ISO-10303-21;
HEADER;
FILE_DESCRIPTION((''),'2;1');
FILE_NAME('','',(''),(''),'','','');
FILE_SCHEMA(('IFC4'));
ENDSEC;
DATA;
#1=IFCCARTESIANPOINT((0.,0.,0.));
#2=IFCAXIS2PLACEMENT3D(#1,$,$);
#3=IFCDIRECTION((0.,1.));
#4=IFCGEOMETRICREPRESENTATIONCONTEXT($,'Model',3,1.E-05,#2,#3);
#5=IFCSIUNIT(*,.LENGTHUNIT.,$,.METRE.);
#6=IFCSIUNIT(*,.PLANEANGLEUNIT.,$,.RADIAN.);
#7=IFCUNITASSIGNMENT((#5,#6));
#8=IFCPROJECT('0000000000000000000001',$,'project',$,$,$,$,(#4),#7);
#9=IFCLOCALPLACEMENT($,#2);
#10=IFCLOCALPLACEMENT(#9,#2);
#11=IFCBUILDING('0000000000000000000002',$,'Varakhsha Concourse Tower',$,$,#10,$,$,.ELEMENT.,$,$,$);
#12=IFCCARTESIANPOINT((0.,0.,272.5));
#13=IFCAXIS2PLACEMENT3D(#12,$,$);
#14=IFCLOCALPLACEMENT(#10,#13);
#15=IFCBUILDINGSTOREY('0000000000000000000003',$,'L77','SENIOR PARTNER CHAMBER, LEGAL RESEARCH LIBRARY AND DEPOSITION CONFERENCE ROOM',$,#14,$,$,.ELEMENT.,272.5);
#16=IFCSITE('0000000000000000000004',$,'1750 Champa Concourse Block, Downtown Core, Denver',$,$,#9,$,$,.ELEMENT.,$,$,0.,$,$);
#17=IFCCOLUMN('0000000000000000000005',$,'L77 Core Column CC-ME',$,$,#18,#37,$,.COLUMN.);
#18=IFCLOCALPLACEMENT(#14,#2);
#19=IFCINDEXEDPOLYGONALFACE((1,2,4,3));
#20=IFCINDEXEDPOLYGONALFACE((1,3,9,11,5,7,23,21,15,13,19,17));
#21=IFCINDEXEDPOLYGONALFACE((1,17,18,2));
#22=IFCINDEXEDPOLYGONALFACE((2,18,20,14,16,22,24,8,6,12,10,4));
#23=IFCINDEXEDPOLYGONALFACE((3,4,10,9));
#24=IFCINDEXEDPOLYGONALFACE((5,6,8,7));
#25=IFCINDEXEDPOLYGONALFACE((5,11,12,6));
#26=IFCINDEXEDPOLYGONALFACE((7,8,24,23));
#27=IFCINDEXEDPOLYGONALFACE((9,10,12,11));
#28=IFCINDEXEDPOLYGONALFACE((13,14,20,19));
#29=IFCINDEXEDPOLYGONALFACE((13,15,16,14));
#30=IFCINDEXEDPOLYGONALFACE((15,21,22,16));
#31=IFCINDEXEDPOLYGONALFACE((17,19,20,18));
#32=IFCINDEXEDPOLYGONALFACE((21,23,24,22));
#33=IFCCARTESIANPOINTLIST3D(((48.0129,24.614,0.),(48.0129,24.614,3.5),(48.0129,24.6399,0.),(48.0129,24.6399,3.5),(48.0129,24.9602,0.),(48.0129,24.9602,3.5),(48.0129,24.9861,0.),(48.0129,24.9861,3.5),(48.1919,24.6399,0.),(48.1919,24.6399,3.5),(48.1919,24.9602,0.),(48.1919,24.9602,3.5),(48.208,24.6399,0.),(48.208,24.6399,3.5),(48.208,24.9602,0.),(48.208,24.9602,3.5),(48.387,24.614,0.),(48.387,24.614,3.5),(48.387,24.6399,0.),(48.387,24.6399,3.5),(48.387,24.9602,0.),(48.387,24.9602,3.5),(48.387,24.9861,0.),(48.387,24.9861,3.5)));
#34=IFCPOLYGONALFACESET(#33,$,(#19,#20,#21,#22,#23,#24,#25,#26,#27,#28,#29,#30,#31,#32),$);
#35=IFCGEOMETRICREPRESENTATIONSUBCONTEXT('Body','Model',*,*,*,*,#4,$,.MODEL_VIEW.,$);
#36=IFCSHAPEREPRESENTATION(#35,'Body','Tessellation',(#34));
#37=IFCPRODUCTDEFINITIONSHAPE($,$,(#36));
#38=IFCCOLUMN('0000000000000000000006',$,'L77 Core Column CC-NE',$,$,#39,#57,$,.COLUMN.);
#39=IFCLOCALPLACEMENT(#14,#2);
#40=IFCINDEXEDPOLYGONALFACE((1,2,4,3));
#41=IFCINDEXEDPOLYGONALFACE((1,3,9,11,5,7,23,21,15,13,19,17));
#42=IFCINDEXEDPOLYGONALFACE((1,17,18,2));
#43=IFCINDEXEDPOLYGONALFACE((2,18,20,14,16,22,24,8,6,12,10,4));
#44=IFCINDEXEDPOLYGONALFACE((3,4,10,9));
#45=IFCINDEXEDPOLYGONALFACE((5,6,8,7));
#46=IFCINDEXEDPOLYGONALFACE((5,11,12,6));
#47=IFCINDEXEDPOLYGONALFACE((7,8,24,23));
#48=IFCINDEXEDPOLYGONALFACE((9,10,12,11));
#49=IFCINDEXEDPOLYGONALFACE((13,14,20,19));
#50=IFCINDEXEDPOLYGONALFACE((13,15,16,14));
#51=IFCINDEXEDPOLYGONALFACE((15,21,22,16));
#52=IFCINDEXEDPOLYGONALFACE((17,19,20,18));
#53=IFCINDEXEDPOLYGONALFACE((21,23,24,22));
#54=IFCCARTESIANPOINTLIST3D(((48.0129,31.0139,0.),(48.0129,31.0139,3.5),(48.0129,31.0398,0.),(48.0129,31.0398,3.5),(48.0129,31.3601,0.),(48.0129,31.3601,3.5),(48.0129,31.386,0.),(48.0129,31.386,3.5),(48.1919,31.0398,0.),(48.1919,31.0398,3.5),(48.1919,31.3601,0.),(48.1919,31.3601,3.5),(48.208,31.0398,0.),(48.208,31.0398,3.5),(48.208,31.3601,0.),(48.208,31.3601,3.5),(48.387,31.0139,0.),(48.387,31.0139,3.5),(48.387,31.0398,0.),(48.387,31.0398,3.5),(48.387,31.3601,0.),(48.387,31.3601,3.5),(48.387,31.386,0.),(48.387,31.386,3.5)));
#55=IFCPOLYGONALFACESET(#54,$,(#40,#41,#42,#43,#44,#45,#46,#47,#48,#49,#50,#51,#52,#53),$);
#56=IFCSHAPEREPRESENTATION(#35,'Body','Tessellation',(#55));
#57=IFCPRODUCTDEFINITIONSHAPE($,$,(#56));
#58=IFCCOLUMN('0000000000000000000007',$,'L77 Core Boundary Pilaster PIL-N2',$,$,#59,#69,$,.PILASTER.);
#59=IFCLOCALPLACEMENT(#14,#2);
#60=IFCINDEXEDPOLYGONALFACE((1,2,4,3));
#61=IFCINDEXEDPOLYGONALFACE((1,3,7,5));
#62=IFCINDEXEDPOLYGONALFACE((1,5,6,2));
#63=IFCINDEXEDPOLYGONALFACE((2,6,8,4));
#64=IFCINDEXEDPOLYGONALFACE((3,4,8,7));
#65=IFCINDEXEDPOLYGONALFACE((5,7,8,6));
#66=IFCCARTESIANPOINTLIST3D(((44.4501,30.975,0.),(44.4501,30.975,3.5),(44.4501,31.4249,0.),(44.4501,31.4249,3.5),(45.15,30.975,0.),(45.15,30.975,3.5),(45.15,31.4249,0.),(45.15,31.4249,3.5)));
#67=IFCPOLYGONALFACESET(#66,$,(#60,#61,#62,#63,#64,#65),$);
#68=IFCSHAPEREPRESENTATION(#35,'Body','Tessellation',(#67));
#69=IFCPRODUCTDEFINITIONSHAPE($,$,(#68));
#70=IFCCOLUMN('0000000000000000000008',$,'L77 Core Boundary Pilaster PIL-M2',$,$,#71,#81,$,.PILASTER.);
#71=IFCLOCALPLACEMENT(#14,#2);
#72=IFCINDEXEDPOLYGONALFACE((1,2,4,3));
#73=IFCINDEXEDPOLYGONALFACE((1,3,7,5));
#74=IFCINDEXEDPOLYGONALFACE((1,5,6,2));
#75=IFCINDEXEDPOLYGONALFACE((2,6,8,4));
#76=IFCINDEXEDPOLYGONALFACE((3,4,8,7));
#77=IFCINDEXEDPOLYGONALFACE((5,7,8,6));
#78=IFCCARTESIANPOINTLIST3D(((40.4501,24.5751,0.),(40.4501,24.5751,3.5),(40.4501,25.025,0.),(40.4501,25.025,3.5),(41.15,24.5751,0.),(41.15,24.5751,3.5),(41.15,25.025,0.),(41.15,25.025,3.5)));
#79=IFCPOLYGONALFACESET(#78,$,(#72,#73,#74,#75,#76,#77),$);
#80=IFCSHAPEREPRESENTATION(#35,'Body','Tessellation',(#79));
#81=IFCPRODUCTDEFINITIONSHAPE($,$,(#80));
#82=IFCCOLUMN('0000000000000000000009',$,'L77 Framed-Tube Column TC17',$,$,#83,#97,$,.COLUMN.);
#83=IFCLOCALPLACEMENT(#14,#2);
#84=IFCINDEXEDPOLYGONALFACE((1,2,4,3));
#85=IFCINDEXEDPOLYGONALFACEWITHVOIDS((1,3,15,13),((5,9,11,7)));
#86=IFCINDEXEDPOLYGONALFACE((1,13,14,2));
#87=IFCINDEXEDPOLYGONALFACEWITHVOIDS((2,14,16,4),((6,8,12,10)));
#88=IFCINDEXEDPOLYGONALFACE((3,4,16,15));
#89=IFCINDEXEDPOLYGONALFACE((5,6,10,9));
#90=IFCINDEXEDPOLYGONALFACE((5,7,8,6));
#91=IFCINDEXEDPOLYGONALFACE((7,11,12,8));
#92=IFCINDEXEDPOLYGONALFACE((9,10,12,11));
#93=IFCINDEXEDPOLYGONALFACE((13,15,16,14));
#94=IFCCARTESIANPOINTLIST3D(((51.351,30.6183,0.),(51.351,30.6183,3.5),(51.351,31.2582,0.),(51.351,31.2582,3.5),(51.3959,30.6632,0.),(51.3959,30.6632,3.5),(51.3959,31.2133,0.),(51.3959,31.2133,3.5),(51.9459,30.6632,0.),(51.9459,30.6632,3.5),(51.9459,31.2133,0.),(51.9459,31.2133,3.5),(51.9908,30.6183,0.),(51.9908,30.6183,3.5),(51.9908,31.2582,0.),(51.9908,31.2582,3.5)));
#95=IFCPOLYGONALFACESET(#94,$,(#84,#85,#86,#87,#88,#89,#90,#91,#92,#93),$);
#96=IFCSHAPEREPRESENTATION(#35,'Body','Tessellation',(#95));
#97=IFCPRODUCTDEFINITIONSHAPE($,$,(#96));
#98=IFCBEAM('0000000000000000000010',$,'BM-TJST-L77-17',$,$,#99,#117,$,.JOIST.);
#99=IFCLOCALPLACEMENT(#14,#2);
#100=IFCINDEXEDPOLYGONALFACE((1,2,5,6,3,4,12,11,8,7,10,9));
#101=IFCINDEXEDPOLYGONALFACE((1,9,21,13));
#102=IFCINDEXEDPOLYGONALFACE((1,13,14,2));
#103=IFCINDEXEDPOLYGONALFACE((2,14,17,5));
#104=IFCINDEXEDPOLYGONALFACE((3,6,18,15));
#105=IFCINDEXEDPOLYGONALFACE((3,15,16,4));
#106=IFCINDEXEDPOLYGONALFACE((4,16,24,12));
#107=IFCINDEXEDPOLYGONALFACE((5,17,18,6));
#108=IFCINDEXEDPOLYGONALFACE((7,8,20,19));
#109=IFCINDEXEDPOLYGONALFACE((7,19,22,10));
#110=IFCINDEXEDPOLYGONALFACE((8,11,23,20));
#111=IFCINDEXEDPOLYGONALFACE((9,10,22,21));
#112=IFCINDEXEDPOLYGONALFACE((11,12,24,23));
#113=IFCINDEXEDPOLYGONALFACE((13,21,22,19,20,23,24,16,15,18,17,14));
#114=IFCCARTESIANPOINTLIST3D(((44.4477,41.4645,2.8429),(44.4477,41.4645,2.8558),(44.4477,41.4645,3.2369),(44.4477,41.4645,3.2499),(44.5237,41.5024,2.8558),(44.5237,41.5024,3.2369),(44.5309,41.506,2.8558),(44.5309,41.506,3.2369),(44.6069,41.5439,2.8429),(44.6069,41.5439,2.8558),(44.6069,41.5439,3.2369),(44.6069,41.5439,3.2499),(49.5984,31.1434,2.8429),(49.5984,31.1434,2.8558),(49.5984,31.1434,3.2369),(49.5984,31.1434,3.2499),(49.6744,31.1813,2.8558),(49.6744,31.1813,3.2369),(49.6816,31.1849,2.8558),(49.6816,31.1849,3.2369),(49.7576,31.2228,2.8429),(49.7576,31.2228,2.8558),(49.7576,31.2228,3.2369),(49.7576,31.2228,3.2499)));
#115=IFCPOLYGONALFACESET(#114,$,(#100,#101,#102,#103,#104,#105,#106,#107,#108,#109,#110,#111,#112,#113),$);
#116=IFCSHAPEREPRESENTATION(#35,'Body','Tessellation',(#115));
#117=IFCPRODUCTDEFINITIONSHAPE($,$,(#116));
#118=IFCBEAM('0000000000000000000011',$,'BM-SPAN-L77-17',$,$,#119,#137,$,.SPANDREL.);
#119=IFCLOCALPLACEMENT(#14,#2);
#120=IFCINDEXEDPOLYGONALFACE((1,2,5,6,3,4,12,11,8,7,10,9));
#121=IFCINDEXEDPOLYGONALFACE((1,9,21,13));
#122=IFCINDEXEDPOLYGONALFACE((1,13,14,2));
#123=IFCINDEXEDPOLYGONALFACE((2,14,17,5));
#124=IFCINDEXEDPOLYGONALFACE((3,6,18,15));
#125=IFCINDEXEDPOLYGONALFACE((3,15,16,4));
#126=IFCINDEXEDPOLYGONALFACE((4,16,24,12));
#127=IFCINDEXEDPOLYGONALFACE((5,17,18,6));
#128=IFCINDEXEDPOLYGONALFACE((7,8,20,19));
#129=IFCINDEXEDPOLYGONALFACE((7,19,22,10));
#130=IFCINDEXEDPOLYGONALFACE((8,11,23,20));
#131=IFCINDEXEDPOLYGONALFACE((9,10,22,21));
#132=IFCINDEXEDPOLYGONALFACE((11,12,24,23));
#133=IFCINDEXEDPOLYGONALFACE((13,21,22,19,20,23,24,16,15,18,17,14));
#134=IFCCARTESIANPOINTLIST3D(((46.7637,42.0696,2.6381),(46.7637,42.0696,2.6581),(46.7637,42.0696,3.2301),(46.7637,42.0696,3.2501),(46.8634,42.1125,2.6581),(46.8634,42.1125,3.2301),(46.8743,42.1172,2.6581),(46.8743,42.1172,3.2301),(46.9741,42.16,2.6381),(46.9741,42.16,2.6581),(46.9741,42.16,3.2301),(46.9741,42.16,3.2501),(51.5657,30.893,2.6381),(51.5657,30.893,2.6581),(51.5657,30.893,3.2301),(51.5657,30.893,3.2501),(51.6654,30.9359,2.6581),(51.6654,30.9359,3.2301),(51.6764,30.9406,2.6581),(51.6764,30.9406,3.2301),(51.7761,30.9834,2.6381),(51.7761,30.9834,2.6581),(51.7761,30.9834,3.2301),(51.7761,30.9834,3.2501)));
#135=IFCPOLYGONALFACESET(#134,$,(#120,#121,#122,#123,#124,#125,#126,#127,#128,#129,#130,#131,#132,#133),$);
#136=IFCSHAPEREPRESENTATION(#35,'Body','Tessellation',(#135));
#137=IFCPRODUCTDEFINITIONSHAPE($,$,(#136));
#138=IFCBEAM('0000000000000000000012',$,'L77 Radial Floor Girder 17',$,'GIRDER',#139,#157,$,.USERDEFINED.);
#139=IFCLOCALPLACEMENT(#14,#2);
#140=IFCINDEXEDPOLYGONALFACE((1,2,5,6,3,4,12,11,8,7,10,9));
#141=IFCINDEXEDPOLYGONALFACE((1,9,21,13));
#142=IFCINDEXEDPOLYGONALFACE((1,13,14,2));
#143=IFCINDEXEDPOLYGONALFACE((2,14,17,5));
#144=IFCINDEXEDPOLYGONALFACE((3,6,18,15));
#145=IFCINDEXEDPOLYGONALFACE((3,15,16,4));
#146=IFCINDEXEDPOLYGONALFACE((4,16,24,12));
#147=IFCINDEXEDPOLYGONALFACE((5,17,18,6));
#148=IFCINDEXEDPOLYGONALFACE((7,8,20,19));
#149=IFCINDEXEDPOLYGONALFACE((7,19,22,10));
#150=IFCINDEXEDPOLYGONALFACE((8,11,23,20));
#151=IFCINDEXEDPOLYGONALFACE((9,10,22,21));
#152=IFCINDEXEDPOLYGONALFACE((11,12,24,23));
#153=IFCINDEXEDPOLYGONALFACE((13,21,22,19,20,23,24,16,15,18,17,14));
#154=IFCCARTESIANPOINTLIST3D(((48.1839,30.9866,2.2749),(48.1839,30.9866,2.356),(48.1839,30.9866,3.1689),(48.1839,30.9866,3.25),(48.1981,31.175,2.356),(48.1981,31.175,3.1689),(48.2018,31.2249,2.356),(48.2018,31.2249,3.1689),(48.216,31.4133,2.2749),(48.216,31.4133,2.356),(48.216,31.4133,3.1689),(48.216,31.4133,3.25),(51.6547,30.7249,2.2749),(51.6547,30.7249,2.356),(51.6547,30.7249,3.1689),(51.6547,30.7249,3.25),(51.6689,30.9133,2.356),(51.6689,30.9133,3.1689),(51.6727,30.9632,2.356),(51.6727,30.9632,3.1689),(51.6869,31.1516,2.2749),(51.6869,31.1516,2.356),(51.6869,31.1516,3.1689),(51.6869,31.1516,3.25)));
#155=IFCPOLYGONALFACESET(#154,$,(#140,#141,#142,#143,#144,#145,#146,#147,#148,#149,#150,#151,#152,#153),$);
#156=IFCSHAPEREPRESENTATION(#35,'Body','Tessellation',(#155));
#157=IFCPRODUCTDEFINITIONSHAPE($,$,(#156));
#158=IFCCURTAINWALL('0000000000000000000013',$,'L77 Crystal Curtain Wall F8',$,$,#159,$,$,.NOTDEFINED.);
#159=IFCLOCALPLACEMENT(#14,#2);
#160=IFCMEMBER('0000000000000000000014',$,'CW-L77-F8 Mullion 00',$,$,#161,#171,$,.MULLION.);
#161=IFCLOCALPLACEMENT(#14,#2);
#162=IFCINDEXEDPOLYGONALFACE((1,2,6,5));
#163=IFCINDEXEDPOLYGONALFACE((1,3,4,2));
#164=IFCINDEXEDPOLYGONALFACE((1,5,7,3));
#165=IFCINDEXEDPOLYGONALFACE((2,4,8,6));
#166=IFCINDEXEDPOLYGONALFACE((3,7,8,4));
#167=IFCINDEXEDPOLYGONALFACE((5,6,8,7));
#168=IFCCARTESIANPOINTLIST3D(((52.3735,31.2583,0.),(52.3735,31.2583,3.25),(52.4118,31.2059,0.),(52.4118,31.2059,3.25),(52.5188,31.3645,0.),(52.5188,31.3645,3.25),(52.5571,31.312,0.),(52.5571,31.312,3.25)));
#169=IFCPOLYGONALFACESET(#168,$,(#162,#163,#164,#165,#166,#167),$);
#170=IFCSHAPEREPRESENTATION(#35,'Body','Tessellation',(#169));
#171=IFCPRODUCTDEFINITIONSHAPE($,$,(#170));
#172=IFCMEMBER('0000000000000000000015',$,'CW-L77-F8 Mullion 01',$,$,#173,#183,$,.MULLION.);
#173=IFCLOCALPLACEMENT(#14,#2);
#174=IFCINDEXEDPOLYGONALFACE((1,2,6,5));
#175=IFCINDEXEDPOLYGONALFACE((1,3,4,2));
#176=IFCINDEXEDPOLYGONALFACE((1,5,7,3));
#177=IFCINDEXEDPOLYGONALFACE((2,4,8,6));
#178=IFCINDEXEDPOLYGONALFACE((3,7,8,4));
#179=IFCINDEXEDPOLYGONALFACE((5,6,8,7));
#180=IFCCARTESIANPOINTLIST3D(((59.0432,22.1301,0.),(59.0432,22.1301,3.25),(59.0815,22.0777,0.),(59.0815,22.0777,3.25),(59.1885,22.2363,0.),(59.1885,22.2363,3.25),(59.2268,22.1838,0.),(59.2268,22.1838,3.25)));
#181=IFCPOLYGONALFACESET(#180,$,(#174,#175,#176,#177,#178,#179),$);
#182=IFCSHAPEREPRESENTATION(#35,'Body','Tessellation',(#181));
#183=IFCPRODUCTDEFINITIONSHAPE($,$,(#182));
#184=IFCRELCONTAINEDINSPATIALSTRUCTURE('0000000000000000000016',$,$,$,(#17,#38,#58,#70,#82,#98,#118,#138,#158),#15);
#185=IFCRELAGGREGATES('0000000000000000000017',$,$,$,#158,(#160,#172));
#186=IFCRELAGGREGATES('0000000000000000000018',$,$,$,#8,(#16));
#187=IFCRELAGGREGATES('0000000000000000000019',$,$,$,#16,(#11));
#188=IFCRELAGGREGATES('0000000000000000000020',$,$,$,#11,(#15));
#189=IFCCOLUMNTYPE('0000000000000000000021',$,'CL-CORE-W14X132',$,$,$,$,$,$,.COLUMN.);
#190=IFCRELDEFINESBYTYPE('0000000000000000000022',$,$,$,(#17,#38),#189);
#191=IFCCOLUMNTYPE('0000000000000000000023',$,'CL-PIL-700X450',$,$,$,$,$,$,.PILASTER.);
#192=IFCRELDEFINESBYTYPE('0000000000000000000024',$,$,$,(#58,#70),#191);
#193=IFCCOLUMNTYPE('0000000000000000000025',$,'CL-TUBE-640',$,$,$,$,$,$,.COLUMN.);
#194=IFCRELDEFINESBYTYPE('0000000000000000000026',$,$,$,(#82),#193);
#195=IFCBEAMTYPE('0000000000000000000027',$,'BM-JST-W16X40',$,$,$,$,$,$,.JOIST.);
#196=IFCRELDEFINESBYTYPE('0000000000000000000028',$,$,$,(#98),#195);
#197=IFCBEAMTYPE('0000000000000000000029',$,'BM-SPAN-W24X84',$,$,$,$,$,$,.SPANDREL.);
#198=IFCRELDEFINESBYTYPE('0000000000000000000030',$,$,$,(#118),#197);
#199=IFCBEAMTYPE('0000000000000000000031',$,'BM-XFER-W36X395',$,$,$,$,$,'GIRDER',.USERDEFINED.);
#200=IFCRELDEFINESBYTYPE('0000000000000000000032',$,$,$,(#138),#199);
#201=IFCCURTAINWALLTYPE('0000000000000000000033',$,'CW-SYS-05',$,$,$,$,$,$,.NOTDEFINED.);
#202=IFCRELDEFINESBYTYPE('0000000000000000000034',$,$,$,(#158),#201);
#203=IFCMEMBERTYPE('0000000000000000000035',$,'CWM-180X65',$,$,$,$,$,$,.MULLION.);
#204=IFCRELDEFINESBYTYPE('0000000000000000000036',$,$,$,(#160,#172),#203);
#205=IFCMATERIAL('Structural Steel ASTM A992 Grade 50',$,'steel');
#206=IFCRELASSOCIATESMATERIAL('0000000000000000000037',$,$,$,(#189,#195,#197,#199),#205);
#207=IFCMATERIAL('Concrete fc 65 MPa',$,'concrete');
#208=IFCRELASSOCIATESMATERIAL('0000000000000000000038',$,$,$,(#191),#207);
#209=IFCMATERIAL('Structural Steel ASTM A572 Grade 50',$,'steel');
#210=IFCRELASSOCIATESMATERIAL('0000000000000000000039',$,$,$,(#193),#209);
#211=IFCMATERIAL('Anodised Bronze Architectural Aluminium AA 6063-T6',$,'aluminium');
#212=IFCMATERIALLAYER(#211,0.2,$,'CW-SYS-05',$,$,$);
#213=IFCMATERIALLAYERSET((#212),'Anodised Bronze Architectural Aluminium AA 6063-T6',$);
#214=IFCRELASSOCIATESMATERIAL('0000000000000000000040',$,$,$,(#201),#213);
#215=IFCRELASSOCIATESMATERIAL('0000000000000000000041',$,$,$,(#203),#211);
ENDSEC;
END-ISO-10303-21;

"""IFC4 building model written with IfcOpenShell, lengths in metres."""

from ifc_helpers import new_model, si_unit, direction, frame, origin, origin_2d, place, context, subcontext, project, spatial, rectangle, hollow_rectangle, i_section, extrude, source, transform, mapped, material, layer, layer_set, material_profile, profile_set, type_object, type_shapes, element, aggregate, save


model = new_model("IFC4")

# Units and contexts
model_context = context("Model", 3, precision=1e-05, world=origin(), true_north=direction((0.0, 1.0)))
body_context = subcontext(model_context, "Body", "Model", "MODEL_VIEW")
ifc_project = project(units=[si_unit("LENGTHUNIT", "METRE"), si_unit("PLANEANGLEUNIT", "RADIAN")], contexts=[model_context])

# Site, building, storey
site_placement = place(None, origin())
site = spatial("IfcSite", under=ifc_project, at=site_placement, Name="1750 Champa Concourse Block, Downtown Core, Denver", CompositionType="ELEMENT", RefElevation=0.0)
building_placement = place(site_placement, origin())
building = spatial("IfcBuilding", under=site, at=building_placement, Name="Varakhsha Concourse Tower", CompositionType="ELEMENT")
storey_placement = place(building_placement, frame((0.0, 0.0, 272.5)))
storey = spatial("IfcBuildingStorey", under=building, at=storey_placement, Name="L77", Description="SENIOR PARTNER CHAMBER, LEGAL RESEARCH LIBRARY AND DEPOSITION CONFERENCE ROOM", CompositionType="ELEMENT", Elevation=272.5)

# Columns
ifc_material_1 = material(Name="Structural Steel ASTM A992 Grade 50", Category="steel")
ifc_material_profile_1 = material_profile(ifc_material_1, i_section(OverallWidth=0.374, OverallDepth=0.3721, WebThickness=0.0161, FlangeThickness=0.0259, at=origin_2d()), Name="W14X132")
ifc_profile_set_1 = profile_set([ifc_material_profile_1], Name="Structural Steel ASTM A992 Grade 50")
column_type_1 = type_object("IfcColumnType", Name="CL-CORE-W14X132", PredefinedType="COLUMN", material=ifc_profile_set_1)
for number, where, z_axis, x_axis, name in (
    (1, (48.2, 24.8, 0.0), (0.0, 0.0, 1.0), (1.0, 0.0, 0.0), "L77 Core Column CC-ME"),
    (2, (48.2, 31.2, 0.0), (0.0, 0.0, 1.0), (1.0, 0.0, 0.0), "L77 Core Column CC-NE"),
):
    element("IfcColumn", number, at=place(storey_placement, frame(where, z_axis=z_axis, x_axis=x_axis)), inside=storey, type_object=column_type_1, Name=name, PredefinedType="COLUMN", context=body_context, shape_type="SweptSolid", body=[
        extrude(i_section(OverallWidth=0.374, OverallDepth=0.3721, WebThickness=0.0161, FlangeThickness=0.0259, at=origin_2d()), origin(), (0.0, 0.0, 1.0), 3.5),
    ])
ifc_material_2 = material(Name="Concrete fc 65 MPa", Category="concrete")
ifc_material_profile_2 = material_profile(ifc_material_2, rectangle(XDim=0.7, YDim=0.45, at=origin_2d()), Name="RC 700x450")
ifc_profile_set_2 = profile_set([ifc_material_profile_2], Name="Concrete fc 65 MPa")
column_type_2 = type_object("IfcColumnType", Name="CL-PIL-700X450", PredefinedType="PILASTER", material=ifc_profile_set_2)
for number, where, z_axis, x_axis, name in (
    (3, (44.8, 31.2, 0.0), (0.0, 0.0, 1.0), (1.0, 0.0, 0.0), "L77 Core Boundary Pilaster PIL-N2"),
    (4, (40.8, 24.8, 0.0), (0.0, 0.0, 1.0), (1.0, 0.0, 0.0), "L77 Core Boundary Pilaster PIL-M2"),
):
    element("IfcColumn", number, at=place(storey_placement, frame(where, z_axis=z_axis, x_axis=x_axis)), inside=storey, type_object=column_type_2, Name=name, PredefinedType="PILASTER", context=body_context, shape_type="SweptSolid", body=[
        extrude(rectangle(XDim=0.7, YDim=0.45, at=origin_2d()), origin(), (0.0, 0.0, 1.0), 3.5),
    ])
ifc_material_3 = material(Name="Structural Steel ASTM A572 Grade 50", Category="steel")
ifc_material_profile_3 = material_profile(ifc_material_3, hollow_rectangle(XDim=0.6399, YDim=0.6399, WallThickness=0.0449, at=origin_2d()), Name="BOX 640x640x45")
ifc_profile_set_3 = profile_set([ifc_material_profile_3], Name="Structural Steel ASTM A572 Grade 50")
column_type_3 = type_object("IfcColumnType", Name="CL-TUBE-640", PredefinedType="COLUMN", material=ifc_profile_set_3)
column_placement = place(storey_placement, frame((51.6709, 30.9382, 0.0), z_axis=(0.0, 0.0, 1.0), x_axis=(1.0, 0.0, 0.0)))
element("IfcColumn", 5, at=column_placement, inside=storey, type_object=column_type_3, Name="L77 Framed-Tube Column TC17", PredefinedType="COLUMN", context=body_context, shape_type="SweptSolid", body=[
    extrude(hollow_rectangle(XDim=0.6399, YDim=0.6399, WallThickness=0.0449, at=origin_2d()), origin(), (0.0, 0.0, 1.0), 3.5),
])

# Beams
ifc_material_profile_4 = material_profile(ifc_material_1, i_section(OverallWidth=0.178, OverallDepth=0.407, WebThickness=0.0081, FlangeThickness=0.0129, at=origin_2d()), Name="W16X40")
ifc_profile_set_4 = profile_set([ifc_material_profile_4], Name="Structural Steel ASTM A992 Grade 50")
beam_type_1 = type_object("IfcBeamType", Name="BM-JST-W16X40", PredefinedType="JOIST", material=ifc_profile_set_4)
beam_1_placement = place(storey_placement, frame((49.678, 31.1831, 3.0464), z_axis=(-0.446528, 0.89477, 0.0), x_axis=(-0.89477, -0.446528, 0.0)))
element("IfcBeam", 6, at=beam_1_placement, inside=storey, type_object=beam_type_1, Name="BM-TJST-L77-17", PredefinedType="JOIST", context=body_context, shape_type="SweptSolid", body=[
    extrude(i_section(OverallWidth=0.178, OverallDepth=0.407, WebThickness=0.0081, FlangeThickness=0.0129, at=origin_2d()), origin(), (0.0, 0.0, 1.0), 11.5349),
])
ifc_material_profile_5 = material_profile(ifc_material_1, i_section(OverallWidth=0.229, OverallDepth=0.6121, WebThickness=0.012, FlangeThickness=0.02, at=origin_2d()), Name="W24X84")
ifc_profile_set_5 = profile_set([ifc_material_profile_5], Name="Structural Steel ASTM A992 Grade 50")
beam_type_2 = type_object("IfcBeamType", Name="BM-SPAN-W24X84", PredefinedType="SPANDREL", material=ifc_profile_set_5)
beam_2_placement = place(storey_placement, frame((51.6709, 30.9382, 2.9441), z_axis=(-0.394757, 0.918785, 0.0), x_axis=(-0.918785, -0.394757, 0.0)))
element("IfcBeam", 7, at=beam_2_placement, inside=storey, type_object=beam_type_2, Name="BM-SPAN-L77-17", PredefinedType="SPANDREL", context=body_context, shape_type="SweptSolid", body=[
    extrude(i_section(OverallWidth=0.229, OverallDepth=0.6121, WebThickness=0.012, FlangeThickness=0.02, at=origin_2d()), origin(), (0.0, 0.0, 1.0), 12.1646),
])
ifc_material_profile_6 = material_profile(ifc_material_1, i_section(OverallWidth=0.428, OverallDepth=0.9751, WebThickness=0.05, FlangeThickness=0.0811, at=origin_2d()), Name="W36X395")
ifc_profile_set_6 = profile_set([ifc_material_profile_6], Name="Structural Steel ASTM A992 Grade 50")
beam_type_3 = type_object("IfcBeamType", Name="BM-XFER-W36X395", ElementType="GIRDER", PredefinedType="USERDEFINED", material=ifc_profile_set_6)
beam_3_placement = place(storey_placement, frame((48.2, 31.2, 2.7625), z_axis=(0.997169, -0.075189, 0.0), x_axis=(0.075189, 0.997169, 0.0)))
element("IfcBeam", 8, at=beam_3_placement, inside=storey, type_object=beam_type_3, Name="L77 Radial Floor Girder 17", ObjectType="GIRDER", PredefinedType="USERDEFINED", context=body_context, shape_type="SweptSolid", body=[
    extrude(i_section(OverallWidth=0.428, OverallDepth=0.9751, WebThickness=0.05, FlangeThickness=0.0811, at=origin_2d()), origin(), (0.0, 0.0, 1.0), 3.4807),
])

# Curtain wall, members
ifc_material_4 = material(Name="Anodised Bronze Architectural Aluminium AA 6063-T6", Category="aluminium")
ifc_layer_1 = layer(ifc_material_4, 0.2, Name="CW-SYS-05")
ifc_layer_set_1 = layer_set([ifc_layer_1], Name="Anodised Bronze Architectural Aluminium AA 6063-T6")
curtain_wall_type = type_object("IfcCurtainWallType", Name="CW-SYS-05", PredefinedType="NOTDEFINED", material=ifc_layer_set_1)
curtain_wall_1_placement = place(storey_placement, origin())
curtain_wall_1 = element("IfcCurtainWall", 9, at=curtain_wall_1_placement, inside=storey, type_object=curtain_wall_type, Name="L77 Crystal Curtain Wall F8", PredefinedType="NOTDEFINED")
ifc_material_profile_7 = material_profile(ifc_material_4, rectangle(XDim=0.0649, YDim=0.1799, at=origin_2d()), Name="CWM-180X65")
ifc_profile_set_7 = profile_set([ifc_material_profile_7], Name="Anodised Bronze Architectural Aluminium AA 6063-T6")
member_type_1 = type_object("IfcMemberType", Name="CWM-180X65", PredefinedType="MULLION", material=ifc_profile_set_7)
shared_shape_1 = source(origin(), body_context, "Body", "SweptSolid", [
    extrude(rectangle(XDim=0.0649, YDim=0.1799, at=origin_2d()), origin(), (0.0, 0.0, 1.0), 3.25),
])
type_shapes(member_type_1, [shared_shape_1])
member_1_placement = place(storey_placement, frame((52.4653, 31.2852, 0.0), z_axis=(0.0, 0.0, 1.0), x_axis=(0.58996, -0.807432, 0.0)))
member_1 = element("IfcMember", 10, at=member_1_placement, type_object=member_type_1, Name="CW-L77-F8 Mullion 00", PredefinedType="MULLION", context=body_context, shape_type="MappedRepresentation", body=[
    mapped(shared_shape_1, transform((0.0, 0.0, 0.0), scale=1.0)),
])
member_2_placement = place(storey_placement, frame((59.135, 22.157, 0.0), z_axis=(0.0, 0.0, 1.0), x_axis=(0.58996, -0.807432, 0.0)))
member_2 = element("IfcMember", 11, at=member_2_placement, type_object=member_type_1, Name="CW-L77-F8 Mullion 01", PredefinedType="MULLION", context=body_context, shape_type="MappedRepresentation", body=[
    mapped(shared_shape_1, transform((0.0, 0.0, 0.0), scale=1.0)),
])

aggregate(curtain_wall_1, [member_1, member_2])

save(model, "model.ifc")
